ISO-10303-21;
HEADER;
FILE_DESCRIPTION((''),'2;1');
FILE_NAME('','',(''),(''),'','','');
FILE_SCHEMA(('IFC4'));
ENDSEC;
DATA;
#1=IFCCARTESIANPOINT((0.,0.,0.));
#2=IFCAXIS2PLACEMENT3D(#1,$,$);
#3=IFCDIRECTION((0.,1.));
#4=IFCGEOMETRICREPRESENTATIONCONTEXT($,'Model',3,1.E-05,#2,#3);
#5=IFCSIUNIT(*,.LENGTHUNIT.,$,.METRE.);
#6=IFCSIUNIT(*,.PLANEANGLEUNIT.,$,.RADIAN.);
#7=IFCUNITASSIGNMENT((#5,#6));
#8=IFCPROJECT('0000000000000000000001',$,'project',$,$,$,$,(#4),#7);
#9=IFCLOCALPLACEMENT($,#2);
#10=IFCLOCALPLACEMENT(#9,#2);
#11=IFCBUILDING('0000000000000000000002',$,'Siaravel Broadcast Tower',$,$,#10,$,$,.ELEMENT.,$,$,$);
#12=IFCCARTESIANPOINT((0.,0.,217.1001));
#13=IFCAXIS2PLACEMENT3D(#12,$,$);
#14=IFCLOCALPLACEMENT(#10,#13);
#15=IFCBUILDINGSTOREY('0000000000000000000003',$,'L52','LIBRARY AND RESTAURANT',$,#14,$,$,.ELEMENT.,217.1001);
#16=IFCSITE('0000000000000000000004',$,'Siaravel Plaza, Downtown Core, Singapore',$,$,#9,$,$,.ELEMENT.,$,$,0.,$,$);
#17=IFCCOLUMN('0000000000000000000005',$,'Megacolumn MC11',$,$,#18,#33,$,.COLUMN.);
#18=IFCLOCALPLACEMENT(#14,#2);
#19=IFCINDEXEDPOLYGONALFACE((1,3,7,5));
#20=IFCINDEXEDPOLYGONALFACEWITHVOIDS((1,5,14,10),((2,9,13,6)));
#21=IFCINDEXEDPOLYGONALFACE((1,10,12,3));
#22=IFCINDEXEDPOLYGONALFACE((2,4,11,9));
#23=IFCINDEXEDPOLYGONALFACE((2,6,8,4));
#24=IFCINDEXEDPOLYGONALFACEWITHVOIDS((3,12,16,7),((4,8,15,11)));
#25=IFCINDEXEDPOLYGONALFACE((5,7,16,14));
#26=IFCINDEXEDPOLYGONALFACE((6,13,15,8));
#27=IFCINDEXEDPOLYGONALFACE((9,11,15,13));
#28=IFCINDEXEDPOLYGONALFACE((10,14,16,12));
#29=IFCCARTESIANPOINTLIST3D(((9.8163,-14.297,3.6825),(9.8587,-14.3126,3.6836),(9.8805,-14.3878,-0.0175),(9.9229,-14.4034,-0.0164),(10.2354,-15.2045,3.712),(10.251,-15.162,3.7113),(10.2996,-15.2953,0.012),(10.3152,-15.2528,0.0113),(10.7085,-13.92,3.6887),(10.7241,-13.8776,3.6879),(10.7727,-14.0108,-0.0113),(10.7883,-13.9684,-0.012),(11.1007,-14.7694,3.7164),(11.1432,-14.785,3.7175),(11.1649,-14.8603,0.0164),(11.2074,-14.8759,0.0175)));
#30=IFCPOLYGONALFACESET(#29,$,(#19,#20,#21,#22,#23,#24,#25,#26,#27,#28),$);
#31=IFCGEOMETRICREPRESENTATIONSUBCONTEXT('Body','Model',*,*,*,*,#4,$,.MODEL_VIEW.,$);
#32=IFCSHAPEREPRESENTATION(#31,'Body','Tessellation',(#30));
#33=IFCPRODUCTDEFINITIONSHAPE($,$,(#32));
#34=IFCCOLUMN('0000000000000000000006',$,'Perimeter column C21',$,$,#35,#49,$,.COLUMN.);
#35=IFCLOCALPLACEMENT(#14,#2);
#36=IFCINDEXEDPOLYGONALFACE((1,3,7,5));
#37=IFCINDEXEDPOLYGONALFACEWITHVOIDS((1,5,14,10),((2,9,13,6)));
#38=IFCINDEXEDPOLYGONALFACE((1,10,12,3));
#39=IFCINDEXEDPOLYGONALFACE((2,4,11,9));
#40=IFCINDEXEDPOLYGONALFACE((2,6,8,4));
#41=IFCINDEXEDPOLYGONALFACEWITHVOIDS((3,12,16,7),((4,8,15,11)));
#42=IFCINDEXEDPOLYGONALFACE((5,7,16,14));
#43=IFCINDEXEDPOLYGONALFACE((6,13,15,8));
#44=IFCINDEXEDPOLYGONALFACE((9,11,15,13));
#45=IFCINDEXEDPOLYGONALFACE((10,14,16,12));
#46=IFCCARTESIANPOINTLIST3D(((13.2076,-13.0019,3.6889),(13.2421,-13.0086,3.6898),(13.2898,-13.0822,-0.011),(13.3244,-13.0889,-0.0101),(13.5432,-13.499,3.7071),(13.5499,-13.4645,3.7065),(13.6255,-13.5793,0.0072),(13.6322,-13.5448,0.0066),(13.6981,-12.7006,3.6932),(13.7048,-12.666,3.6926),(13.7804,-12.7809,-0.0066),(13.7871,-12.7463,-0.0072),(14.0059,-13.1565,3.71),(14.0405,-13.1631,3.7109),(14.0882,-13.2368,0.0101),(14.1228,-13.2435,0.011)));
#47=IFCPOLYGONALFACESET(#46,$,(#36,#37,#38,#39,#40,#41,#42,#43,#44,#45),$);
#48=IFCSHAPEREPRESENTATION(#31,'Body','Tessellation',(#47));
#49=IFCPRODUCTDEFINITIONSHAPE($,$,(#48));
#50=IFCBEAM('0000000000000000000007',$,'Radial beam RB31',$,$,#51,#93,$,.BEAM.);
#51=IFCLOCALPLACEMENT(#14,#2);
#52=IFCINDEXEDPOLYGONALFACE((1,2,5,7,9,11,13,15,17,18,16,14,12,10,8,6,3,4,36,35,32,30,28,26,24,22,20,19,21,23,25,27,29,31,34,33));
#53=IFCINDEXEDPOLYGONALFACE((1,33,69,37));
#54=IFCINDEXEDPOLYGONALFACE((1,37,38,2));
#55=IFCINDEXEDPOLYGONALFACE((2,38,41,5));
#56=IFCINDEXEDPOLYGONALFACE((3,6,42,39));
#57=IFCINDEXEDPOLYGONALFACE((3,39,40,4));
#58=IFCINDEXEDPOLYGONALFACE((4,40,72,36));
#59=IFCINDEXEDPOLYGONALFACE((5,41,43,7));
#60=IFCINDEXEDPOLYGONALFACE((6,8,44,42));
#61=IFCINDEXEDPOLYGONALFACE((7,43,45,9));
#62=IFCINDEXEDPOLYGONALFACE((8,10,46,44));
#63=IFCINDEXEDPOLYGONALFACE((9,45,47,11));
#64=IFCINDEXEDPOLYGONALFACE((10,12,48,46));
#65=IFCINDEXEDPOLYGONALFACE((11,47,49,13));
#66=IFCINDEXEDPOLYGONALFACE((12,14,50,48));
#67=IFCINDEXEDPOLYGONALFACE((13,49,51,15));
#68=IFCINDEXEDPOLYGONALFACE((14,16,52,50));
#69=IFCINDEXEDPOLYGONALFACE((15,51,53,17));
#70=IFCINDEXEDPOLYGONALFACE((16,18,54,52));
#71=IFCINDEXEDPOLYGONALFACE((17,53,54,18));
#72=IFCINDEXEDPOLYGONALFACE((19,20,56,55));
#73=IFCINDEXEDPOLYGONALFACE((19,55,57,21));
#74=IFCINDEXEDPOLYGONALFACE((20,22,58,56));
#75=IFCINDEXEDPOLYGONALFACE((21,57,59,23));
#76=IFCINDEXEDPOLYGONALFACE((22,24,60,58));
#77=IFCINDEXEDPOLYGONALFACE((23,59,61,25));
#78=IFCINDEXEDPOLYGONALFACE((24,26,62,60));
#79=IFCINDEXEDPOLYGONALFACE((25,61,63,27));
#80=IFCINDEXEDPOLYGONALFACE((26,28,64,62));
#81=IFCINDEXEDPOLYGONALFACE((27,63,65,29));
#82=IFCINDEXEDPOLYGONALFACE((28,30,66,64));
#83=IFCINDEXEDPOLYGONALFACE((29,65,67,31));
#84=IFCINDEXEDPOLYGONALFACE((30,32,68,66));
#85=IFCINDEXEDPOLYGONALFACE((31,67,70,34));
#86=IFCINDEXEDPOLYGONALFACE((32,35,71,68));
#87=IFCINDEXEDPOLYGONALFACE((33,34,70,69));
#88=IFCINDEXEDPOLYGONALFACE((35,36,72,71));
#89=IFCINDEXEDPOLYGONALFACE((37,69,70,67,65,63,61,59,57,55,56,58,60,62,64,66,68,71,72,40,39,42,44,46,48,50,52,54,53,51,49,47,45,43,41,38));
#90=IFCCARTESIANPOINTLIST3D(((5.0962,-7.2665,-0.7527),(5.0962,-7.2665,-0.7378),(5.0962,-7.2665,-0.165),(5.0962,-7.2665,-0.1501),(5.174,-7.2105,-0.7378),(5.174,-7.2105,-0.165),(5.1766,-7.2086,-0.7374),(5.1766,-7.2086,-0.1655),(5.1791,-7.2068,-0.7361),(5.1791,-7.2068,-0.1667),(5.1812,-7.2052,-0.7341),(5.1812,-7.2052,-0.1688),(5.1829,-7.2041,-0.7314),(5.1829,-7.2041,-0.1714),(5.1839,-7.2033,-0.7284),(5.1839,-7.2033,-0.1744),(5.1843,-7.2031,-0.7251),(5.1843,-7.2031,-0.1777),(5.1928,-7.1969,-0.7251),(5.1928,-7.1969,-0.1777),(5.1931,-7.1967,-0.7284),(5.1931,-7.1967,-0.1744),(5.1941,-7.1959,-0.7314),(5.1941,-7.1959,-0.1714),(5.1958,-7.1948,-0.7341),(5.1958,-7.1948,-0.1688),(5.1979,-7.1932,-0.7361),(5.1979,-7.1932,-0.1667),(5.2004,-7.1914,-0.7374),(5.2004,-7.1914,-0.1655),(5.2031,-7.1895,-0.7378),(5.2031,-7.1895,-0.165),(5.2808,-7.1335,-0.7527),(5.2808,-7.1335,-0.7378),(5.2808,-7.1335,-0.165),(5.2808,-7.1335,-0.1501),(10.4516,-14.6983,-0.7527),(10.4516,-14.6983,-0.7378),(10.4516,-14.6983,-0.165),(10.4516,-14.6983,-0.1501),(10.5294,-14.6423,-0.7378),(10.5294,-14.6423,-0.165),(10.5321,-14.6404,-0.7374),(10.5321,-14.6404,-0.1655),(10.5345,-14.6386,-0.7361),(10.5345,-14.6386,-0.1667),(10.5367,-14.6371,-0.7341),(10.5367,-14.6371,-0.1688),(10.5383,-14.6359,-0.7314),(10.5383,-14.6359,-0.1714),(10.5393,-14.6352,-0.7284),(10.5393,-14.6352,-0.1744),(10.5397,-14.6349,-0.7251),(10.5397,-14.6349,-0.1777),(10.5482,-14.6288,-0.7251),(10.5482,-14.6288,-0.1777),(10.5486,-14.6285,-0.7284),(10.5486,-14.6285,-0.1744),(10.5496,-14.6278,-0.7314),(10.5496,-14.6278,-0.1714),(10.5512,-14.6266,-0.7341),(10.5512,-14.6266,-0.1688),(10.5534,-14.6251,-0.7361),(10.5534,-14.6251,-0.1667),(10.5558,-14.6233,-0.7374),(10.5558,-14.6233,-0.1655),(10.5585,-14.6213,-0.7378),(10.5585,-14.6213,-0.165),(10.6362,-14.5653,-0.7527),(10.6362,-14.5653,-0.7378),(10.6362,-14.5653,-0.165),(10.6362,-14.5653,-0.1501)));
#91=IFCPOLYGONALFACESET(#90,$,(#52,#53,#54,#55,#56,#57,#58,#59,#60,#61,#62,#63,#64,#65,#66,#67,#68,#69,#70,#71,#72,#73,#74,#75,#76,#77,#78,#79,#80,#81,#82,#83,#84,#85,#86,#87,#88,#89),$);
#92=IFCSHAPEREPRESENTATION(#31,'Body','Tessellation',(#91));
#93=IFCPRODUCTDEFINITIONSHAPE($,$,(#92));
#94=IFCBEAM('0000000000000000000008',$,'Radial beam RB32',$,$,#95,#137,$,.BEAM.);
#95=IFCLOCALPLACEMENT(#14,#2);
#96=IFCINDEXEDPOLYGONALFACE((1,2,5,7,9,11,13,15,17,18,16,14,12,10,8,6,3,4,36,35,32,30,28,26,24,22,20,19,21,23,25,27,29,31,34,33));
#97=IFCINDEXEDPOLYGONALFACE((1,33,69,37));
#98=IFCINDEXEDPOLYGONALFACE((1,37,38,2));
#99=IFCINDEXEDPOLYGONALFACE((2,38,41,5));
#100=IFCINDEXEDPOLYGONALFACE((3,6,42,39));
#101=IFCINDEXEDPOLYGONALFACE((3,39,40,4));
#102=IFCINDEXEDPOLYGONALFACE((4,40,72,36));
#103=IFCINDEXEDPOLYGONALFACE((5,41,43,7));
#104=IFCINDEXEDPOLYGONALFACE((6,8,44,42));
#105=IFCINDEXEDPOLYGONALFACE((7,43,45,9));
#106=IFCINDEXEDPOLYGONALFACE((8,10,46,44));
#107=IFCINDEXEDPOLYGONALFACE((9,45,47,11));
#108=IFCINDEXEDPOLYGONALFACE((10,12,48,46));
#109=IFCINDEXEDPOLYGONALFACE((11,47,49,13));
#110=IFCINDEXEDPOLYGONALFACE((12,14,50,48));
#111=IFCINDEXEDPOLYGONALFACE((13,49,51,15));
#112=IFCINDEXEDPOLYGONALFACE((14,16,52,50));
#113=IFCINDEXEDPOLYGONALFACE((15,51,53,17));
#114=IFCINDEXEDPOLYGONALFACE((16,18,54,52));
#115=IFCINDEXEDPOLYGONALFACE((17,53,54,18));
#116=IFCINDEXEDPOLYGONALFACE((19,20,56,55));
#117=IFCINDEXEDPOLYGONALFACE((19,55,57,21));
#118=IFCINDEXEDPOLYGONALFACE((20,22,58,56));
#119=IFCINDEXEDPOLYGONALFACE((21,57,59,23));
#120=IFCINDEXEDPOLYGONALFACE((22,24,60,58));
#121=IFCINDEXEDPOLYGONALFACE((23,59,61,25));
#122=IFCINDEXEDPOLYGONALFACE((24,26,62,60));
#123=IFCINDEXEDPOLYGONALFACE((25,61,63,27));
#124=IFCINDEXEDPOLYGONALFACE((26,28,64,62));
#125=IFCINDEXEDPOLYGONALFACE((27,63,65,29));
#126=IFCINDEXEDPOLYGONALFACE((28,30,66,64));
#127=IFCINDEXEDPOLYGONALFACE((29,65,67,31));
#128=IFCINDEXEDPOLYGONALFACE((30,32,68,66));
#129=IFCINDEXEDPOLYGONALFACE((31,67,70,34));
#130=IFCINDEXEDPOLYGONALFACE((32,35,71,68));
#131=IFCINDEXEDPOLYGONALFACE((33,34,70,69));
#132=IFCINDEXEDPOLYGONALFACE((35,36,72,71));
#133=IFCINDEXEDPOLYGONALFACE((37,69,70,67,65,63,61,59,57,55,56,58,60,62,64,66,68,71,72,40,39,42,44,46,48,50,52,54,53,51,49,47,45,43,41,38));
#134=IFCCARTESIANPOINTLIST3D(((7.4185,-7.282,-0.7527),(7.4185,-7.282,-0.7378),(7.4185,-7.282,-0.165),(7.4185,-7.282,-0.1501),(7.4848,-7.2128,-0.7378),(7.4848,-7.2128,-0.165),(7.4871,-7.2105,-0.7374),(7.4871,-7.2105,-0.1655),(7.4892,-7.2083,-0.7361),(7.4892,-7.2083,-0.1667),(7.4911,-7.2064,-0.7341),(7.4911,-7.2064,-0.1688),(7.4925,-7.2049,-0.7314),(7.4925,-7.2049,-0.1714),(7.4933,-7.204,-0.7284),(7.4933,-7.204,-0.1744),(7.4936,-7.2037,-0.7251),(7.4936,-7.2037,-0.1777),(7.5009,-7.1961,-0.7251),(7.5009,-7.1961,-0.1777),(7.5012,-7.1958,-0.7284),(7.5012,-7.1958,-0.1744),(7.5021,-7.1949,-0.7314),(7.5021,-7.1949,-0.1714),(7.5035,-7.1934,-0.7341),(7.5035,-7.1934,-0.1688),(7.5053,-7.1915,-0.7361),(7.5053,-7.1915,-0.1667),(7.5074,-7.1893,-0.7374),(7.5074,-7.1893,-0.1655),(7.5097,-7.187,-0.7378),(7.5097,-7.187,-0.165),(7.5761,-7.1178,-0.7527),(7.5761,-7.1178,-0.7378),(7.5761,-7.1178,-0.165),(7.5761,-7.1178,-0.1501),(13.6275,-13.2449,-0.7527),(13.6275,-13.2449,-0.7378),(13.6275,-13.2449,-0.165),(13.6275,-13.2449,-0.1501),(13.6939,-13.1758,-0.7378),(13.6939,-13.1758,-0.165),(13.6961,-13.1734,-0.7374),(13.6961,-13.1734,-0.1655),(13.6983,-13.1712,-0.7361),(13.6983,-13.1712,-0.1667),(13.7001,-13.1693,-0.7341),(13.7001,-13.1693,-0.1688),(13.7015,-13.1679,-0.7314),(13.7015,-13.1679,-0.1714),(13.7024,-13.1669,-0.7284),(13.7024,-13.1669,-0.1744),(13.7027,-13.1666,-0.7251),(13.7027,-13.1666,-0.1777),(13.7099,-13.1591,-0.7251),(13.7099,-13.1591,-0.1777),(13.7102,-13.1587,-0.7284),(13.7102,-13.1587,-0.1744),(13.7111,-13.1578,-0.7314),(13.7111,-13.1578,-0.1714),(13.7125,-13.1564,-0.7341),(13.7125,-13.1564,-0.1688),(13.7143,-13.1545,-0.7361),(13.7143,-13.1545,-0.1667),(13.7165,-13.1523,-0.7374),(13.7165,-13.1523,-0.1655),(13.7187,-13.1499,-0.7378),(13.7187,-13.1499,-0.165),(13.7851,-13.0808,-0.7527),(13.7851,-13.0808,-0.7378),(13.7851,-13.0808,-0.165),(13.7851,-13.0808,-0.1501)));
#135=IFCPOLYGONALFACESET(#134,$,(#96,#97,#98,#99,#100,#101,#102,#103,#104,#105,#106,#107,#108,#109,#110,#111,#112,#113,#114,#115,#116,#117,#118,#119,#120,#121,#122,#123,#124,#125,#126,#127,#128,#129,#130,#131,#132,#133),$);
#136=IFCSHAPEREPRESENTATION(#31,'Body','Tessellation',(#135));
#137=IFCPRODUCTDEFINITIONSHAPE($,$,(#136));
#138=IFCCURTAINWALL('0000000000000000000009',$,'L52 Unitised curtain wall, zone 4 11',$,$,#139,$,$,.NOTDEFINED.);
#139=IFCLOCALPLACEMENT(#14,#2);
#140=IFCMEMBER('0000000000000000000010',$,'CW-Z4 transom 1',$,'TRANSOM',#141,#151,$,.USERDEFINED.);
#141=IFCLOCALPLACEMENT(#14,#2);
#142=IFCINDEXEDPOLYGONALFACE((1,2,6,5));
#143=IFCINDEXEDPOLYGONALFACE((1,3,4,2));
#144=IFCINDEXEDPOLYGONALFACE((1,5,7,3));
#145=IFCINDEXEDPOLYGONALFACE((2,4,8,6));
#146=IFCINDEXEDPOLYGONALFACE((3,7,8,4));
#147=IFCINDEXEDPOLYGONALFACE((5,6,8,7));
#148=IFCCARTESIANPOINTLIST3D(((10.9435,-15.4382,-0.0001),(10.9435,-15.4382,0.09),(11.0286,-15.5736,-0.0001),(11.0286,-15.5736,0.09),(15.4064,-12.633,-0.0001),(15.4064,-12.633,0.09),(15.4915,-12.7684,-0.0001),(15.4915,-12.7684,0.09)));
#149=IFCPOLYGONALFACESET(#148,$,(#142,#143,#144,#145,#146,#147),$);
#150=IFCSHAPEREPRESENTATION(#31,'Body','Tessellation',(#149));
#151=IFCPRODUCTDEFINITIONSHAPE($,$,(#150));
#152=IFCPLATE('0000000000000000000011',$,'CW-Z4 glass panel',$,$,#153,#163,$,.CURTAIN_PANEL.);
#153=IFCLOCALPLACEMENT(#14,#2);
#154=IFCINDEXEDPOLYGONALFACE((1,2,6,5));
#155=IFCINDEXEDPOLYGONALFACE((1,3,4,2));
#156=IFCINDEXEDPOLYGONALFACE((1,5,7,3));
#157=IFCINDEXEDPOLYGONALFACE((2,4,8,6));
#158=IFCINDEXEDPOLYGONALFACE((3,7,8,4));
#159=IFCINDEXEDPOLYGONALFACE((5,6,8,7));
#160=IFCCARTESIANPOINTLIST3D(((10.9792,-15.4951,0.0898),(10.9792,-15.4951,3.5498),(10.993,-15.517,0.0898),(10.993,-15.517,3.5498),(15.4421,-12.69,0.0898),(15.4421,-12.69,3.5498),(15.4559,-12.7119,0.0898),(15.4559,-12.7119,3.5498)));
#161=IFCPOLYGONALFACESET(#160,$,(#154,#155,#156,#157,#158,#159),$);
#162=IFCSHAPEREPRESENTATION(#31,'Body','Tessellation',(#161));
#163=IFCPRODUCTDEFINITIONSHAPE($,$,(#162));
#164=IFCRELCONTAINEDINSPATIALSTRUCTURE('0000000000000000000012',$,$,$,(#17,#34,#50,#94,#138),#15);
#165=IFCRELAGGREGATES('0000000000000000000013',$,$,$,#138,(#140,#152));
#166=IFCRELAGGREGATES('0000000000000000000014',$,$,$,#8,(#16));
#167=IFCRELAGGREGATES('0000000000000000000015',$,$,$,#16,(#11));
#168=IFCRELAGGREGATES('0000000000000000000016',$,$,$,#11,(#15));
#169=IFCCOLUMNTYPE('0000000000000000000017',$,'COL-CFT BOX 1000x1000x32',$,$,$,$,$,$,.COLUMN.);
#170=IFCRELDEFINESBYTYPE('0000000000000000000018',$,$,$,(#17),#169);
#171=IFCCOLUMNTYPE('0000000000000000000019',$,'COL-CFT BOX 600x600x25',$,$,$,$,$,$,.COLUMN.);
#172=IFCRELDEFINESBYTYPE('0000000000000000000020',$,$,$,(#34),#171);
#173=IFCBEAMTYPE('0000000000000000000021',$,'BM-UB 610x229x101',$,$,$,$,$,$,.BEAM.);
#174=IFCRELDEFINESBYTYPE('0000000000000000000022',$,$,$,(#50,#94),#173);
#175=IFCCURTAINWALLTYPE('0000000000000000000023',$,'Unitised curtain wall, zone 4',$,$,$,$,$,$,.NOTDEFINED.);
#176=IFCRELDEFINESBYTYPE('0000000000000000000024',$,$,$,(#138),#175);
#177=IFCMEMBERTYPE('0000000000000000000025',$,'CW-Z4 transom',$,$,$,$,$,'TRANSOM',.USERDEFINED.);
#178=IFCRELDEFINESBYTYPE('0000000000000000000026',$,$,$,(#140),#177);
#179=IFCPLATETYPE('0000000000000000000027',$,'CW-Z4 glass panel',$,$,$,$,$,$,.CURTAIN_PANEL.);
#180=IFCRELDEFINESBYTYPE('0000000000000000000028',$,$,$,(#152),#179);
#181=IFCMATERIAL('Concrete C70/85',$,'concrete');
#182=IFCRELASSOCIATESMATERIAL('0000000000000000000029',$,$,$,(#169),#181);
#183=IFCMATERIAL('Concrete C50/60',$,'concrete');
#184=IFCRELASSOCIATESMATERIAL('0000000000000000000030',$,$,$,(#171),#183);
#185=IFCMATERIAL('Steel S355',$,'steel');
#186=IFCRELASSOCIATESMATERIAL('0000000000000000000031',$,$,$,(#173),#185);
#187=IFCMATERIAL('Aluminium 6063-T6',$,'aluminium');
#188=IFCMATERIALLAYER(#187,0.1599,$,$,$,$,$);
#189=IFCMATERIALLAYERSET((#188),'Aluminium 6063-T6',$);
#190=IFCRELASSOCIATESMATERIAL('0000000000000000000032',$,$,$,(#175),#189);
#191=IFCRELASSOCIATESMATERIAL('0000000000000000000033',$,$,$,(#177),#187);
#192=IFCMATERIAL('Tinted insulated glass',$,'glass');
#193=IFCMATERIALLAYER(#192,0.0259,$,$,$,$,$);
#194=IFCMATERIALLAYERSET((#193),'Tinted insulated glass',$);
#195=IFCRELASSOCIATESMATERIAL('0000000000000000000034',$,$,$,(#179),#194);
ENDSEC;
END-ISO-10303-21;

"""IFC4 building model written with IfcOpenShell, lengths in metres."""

from ifc_helpers import new_model, si_unit, direction, frame, origin, origin_2d, place, context, subcontext, project, spatial, rectangle, hollow_rectangle, i_section, extrude, material, layer, layer_set, material_profile, profile_set, type_object, element, aggregate, save


model = new_model("IFC4")

# Units and contexts
model_context = context("Model", 3, precision=1e-05, world=origin(), true_north=direction((0.0, 1.0)))
body_context = subcontext(model_context, "Body", "Model", "MODEL_VIEW")
ifc_project = project(units=[si_unit("LENGTHUNIT", "METRE"), si_unit("PLANEANGLEUNIT", "RADIAN")], contexts=[model_context])

# Site, building, storey
site_placement = place(None, origin())
site = spatial("IfcSite", under=ifc_project, at=site_placement, Name="Siaravel Plaza, Downtown Core, Singapore", CompositionType="ELEMENT", RefElevation=0.0)
building_placement = place(site_placement, origin())
building = spatial("IfcBuilding", under=site, at=building_placement, Name="Siaravel Broadcast Tower", CompositionType="ELEMENT")
storey_placement = place(building_placement, frame((0.0, 0.0, 217.1001)))
storey = spatial("IfcBuildingStorey", under=building, at=storey_placement, Name="L52", Description="LIBRARY AND RESTAURANT", CompositionType="ELEMENT", Elevation=217.1001)

# Columns
ifc_material_1 = material(Name="Concrete C70/85", Category="concrete")
ifc_material_profile_1 = material_profile(ifc_material_1, hollow_rectangle(XDim=1.0, YDim=1.0, WallThickness=0.032, at=origin_2d()))
ifc_profile_set_1 = profile_set([ifc_material_profile_1], Name="Concrete C70/85")
column_type_1 = type_object("IfcColumnType", Name="COL-CFT BOX 1000x1000x32", PredefinedType="COLUMN", material=ifc_profile_set_1)
column_1_placement = place(storey_placement, frame((10.5439, -14.6318, 0.0), z_axis=(-0.017346, 0.024535, 0.999548), x_axis=(-0.907782, -0.419407, -0.005459)))
element("IfcColumn", 1, at=column_1_placement, inside=storey, type_object=column_type_1, Name="Megacolumn MC11", PredefinedType="COLUMN", context=body_context, shape_type="SweptSolid", body=[
    extrude(hollow_rectangle(XDim=1.0, YDim=1.0, WallThickness=0.032, at=origin_2d()), origin(), (0.0, 0.0, 1.0), 3.7017),
])
ifc_material_2 = material(Name="Concrete C50/60", Category="concrete")
ifc_material_profile_2 = material_profile(ifc_material_2, hollow_rectangle(XDim=0.6001, YDim=0.6001, WallThickness=0.0249, at=origin_2d()))
ifc_profile_set_2 = profile_set([ifc_material_profile_2], Name="Concrete C50/60")
column_type_2 = type_object("IfcColumnType", Name="COL-CFT BOX 600x600x25", PredefinedType="COLUMN", material=ifc_profile_set_2)
column_2_placement = place(storey_placement, frame((13.7063, -13.1628, 0.0), z_axis=(-0.022226, 0.021699, 0.999517), x_axis=(-0.828663, -0.559712, -0.006276)))
element("IfcColumn", 2, at=column_2_placement, inside=storey, type_object=column_type_2, Name="Perimeter column C21", PredefinedType="COLUMN", context=body_context, shape_type="SweptSolid", body=[
    extrude(hollow_rectangle(XDim=0.6001, YDim=0.6001, WallThickness=0.0249, at=origin_2d()), origin(), (0.0, 0.0, 1.0), 3.7017),
])

# Beams
ifc_material_3 = material(Name="Steel S355", Category="steel")
ifc_material_profile_3 = material_profile(ifc_material_3, i_section(OverallWidth=0.2275, OverallDepth=0.6025, WebThickness=0.0105, FlangeThickness=0.0149, FilletRadius=0.0127, at=origin_2d()))
ifc_profile_set_3 = profile_set([ifc_material_profile_3], Name="Steel S355")
beam_type = type_object("IfcBeamType", Name="BM-UB 610x229x101", PredefinedType="BEAM", material=ifc_profile_set_3)
beam_1_placement = place(storey_placement, frame((10.5439, -14.6318, -0.4514), z_axis=(-0.584629, 0.811301, 0.0), x_axis=(-0.811301, -0.584629, 0.0)))
element("IfcBeam", 3, at=beam_1_placement, inside=storey, type_object=beam_type, Name="Radial beam RB31", PredefinedType="BEAM", context=body_context, shape_type="SweptSolid", body=[
    extrude(i_section(OverallWidth=0.2275, OverallDepth=0.6025, WebThickness=0.0105, FlangeThickness=0.0149, FilletRadius=0.0127, at=origin_2d()), origin(), (0.0, 0.0, 1.0), 9.1604),
])
beam_2_placement = place(storey_placement, frame((13.7063, -13.1628, -0.4514), z_axis=(-0.721256, 0.692669, 0.0), x_axis=(-0.692669, -0.721256, 0.0)))
element("IfcBeam", 4, at=beam_2_placement, inside=storey, type_object=beam_type, Name="Radial beam RB32", PredefinedType="BEAM", context=body_context, shape_type="SweptSolid", body=[
    extrude(i_section(OverallWidth=0.2275, OverallDepth=0.6025, WebThickness=0.0105, FlangeThickness=0.0149, FilletRadius=0.0127, at=origin_2d()), origin(), (0.0, 0.0, 1.0), 8.6086),
])

# Curtain wall, member, plate
ifc_material_4 = material(Name="Aluminium 6063-T6", Category="aluminium")
ifc_layer_1 = layer(ifc_material_4, 0.1599)
ifc_layer_set_1 = layer_set([ifc_layer_1], Name="Aluminium 6063-T6")
curtain_wall_type = type_object("IfcCurtainWallType", Name="Unitised curtain wall, zone 4", PredefinedType="NOTDEFINED", material=ifc_layer_set_1)
curtain_wall_placement = place(storey_placement, origin())
curtain_wall = element("IfcCurtainWall", 5, at=curtain_wall_placement, inside=storey, type_object=curtain_wall_type, Name="L52 Unitised curtain wall, zone 4 11", PredefinedType="NOTDEFINED")
ifc_material_profile_4 = material_profile(ifc_material_4, rectangle(XDim=0.1599, YDim=0.0901, at=origin_2d()))
ifc_profile_set_4 = profile_set([ifc_material_profile_4], Name="Aluminium 6063-T6")
member_type = type_object("IfcMemberType", Name="CW-Z4 transom", ElementType="TRANSOM", PredefinedType="USERDEFINED", material=ifc_profile_set_4)
member_placement = place(storey_placement, frame((10.9861, -15.5059, 0.0449), z_axis=(0.846643, 0.532162, 0.0), x_axis=(-0.532162, 0.846643, 0.0)))
member = element("IfcMember", 6, at=member_placement, type_object=member_type, Name="CW-Z4 transom 1", ObjectType="TRANSOM", PredefinedType="USERDEFINED", context=body_context, shape_type="SweptSolid", body=[
    extrude(rectangle(XDim=0.1599, YDim=0.0901, at=origin_2d()), origin(), (0.0, 0.0, 1.0), 5.2712),
])
ifc_material_5 = material(Name="Tinted insulated glass", Category="glass")
ifc_layer_2 = layer(ifc_material_5, 0.0259)
ifc_layer_set_2 = layer_set([ifc_layer_2], Name="Tinted insulated glass")
plate_type = type_object("IfcPlateType", Name="CW-Z4 glass panel", PredefinedType="CURTAIN_PANEL", material=ifc_layer_set_2)
plate_placement = place(storey_placement, frame((13.2175, -14.1035, 0.0898), z_axis=(0.0, 0.0, 1.0), x_axis=(0.84665, 0.53215, 0.0)))
plate = element("IfcPlate", 7, at=plate_placement, type_object=plate_type, Name="CW-Z4 glass panel", PredefinedType="CURTAIN_PANEL", context=body_context, shape_type="SweptSolid", body=[
    extrude(rectangle(XDim=5.2712, YDim=0.0259, at=origin_2d()), origin(), (0.0, 0.0, 1.0), 3.46),
])
aggregate(curtain_wall, [member, plate])

save(model, "model.ifc")
